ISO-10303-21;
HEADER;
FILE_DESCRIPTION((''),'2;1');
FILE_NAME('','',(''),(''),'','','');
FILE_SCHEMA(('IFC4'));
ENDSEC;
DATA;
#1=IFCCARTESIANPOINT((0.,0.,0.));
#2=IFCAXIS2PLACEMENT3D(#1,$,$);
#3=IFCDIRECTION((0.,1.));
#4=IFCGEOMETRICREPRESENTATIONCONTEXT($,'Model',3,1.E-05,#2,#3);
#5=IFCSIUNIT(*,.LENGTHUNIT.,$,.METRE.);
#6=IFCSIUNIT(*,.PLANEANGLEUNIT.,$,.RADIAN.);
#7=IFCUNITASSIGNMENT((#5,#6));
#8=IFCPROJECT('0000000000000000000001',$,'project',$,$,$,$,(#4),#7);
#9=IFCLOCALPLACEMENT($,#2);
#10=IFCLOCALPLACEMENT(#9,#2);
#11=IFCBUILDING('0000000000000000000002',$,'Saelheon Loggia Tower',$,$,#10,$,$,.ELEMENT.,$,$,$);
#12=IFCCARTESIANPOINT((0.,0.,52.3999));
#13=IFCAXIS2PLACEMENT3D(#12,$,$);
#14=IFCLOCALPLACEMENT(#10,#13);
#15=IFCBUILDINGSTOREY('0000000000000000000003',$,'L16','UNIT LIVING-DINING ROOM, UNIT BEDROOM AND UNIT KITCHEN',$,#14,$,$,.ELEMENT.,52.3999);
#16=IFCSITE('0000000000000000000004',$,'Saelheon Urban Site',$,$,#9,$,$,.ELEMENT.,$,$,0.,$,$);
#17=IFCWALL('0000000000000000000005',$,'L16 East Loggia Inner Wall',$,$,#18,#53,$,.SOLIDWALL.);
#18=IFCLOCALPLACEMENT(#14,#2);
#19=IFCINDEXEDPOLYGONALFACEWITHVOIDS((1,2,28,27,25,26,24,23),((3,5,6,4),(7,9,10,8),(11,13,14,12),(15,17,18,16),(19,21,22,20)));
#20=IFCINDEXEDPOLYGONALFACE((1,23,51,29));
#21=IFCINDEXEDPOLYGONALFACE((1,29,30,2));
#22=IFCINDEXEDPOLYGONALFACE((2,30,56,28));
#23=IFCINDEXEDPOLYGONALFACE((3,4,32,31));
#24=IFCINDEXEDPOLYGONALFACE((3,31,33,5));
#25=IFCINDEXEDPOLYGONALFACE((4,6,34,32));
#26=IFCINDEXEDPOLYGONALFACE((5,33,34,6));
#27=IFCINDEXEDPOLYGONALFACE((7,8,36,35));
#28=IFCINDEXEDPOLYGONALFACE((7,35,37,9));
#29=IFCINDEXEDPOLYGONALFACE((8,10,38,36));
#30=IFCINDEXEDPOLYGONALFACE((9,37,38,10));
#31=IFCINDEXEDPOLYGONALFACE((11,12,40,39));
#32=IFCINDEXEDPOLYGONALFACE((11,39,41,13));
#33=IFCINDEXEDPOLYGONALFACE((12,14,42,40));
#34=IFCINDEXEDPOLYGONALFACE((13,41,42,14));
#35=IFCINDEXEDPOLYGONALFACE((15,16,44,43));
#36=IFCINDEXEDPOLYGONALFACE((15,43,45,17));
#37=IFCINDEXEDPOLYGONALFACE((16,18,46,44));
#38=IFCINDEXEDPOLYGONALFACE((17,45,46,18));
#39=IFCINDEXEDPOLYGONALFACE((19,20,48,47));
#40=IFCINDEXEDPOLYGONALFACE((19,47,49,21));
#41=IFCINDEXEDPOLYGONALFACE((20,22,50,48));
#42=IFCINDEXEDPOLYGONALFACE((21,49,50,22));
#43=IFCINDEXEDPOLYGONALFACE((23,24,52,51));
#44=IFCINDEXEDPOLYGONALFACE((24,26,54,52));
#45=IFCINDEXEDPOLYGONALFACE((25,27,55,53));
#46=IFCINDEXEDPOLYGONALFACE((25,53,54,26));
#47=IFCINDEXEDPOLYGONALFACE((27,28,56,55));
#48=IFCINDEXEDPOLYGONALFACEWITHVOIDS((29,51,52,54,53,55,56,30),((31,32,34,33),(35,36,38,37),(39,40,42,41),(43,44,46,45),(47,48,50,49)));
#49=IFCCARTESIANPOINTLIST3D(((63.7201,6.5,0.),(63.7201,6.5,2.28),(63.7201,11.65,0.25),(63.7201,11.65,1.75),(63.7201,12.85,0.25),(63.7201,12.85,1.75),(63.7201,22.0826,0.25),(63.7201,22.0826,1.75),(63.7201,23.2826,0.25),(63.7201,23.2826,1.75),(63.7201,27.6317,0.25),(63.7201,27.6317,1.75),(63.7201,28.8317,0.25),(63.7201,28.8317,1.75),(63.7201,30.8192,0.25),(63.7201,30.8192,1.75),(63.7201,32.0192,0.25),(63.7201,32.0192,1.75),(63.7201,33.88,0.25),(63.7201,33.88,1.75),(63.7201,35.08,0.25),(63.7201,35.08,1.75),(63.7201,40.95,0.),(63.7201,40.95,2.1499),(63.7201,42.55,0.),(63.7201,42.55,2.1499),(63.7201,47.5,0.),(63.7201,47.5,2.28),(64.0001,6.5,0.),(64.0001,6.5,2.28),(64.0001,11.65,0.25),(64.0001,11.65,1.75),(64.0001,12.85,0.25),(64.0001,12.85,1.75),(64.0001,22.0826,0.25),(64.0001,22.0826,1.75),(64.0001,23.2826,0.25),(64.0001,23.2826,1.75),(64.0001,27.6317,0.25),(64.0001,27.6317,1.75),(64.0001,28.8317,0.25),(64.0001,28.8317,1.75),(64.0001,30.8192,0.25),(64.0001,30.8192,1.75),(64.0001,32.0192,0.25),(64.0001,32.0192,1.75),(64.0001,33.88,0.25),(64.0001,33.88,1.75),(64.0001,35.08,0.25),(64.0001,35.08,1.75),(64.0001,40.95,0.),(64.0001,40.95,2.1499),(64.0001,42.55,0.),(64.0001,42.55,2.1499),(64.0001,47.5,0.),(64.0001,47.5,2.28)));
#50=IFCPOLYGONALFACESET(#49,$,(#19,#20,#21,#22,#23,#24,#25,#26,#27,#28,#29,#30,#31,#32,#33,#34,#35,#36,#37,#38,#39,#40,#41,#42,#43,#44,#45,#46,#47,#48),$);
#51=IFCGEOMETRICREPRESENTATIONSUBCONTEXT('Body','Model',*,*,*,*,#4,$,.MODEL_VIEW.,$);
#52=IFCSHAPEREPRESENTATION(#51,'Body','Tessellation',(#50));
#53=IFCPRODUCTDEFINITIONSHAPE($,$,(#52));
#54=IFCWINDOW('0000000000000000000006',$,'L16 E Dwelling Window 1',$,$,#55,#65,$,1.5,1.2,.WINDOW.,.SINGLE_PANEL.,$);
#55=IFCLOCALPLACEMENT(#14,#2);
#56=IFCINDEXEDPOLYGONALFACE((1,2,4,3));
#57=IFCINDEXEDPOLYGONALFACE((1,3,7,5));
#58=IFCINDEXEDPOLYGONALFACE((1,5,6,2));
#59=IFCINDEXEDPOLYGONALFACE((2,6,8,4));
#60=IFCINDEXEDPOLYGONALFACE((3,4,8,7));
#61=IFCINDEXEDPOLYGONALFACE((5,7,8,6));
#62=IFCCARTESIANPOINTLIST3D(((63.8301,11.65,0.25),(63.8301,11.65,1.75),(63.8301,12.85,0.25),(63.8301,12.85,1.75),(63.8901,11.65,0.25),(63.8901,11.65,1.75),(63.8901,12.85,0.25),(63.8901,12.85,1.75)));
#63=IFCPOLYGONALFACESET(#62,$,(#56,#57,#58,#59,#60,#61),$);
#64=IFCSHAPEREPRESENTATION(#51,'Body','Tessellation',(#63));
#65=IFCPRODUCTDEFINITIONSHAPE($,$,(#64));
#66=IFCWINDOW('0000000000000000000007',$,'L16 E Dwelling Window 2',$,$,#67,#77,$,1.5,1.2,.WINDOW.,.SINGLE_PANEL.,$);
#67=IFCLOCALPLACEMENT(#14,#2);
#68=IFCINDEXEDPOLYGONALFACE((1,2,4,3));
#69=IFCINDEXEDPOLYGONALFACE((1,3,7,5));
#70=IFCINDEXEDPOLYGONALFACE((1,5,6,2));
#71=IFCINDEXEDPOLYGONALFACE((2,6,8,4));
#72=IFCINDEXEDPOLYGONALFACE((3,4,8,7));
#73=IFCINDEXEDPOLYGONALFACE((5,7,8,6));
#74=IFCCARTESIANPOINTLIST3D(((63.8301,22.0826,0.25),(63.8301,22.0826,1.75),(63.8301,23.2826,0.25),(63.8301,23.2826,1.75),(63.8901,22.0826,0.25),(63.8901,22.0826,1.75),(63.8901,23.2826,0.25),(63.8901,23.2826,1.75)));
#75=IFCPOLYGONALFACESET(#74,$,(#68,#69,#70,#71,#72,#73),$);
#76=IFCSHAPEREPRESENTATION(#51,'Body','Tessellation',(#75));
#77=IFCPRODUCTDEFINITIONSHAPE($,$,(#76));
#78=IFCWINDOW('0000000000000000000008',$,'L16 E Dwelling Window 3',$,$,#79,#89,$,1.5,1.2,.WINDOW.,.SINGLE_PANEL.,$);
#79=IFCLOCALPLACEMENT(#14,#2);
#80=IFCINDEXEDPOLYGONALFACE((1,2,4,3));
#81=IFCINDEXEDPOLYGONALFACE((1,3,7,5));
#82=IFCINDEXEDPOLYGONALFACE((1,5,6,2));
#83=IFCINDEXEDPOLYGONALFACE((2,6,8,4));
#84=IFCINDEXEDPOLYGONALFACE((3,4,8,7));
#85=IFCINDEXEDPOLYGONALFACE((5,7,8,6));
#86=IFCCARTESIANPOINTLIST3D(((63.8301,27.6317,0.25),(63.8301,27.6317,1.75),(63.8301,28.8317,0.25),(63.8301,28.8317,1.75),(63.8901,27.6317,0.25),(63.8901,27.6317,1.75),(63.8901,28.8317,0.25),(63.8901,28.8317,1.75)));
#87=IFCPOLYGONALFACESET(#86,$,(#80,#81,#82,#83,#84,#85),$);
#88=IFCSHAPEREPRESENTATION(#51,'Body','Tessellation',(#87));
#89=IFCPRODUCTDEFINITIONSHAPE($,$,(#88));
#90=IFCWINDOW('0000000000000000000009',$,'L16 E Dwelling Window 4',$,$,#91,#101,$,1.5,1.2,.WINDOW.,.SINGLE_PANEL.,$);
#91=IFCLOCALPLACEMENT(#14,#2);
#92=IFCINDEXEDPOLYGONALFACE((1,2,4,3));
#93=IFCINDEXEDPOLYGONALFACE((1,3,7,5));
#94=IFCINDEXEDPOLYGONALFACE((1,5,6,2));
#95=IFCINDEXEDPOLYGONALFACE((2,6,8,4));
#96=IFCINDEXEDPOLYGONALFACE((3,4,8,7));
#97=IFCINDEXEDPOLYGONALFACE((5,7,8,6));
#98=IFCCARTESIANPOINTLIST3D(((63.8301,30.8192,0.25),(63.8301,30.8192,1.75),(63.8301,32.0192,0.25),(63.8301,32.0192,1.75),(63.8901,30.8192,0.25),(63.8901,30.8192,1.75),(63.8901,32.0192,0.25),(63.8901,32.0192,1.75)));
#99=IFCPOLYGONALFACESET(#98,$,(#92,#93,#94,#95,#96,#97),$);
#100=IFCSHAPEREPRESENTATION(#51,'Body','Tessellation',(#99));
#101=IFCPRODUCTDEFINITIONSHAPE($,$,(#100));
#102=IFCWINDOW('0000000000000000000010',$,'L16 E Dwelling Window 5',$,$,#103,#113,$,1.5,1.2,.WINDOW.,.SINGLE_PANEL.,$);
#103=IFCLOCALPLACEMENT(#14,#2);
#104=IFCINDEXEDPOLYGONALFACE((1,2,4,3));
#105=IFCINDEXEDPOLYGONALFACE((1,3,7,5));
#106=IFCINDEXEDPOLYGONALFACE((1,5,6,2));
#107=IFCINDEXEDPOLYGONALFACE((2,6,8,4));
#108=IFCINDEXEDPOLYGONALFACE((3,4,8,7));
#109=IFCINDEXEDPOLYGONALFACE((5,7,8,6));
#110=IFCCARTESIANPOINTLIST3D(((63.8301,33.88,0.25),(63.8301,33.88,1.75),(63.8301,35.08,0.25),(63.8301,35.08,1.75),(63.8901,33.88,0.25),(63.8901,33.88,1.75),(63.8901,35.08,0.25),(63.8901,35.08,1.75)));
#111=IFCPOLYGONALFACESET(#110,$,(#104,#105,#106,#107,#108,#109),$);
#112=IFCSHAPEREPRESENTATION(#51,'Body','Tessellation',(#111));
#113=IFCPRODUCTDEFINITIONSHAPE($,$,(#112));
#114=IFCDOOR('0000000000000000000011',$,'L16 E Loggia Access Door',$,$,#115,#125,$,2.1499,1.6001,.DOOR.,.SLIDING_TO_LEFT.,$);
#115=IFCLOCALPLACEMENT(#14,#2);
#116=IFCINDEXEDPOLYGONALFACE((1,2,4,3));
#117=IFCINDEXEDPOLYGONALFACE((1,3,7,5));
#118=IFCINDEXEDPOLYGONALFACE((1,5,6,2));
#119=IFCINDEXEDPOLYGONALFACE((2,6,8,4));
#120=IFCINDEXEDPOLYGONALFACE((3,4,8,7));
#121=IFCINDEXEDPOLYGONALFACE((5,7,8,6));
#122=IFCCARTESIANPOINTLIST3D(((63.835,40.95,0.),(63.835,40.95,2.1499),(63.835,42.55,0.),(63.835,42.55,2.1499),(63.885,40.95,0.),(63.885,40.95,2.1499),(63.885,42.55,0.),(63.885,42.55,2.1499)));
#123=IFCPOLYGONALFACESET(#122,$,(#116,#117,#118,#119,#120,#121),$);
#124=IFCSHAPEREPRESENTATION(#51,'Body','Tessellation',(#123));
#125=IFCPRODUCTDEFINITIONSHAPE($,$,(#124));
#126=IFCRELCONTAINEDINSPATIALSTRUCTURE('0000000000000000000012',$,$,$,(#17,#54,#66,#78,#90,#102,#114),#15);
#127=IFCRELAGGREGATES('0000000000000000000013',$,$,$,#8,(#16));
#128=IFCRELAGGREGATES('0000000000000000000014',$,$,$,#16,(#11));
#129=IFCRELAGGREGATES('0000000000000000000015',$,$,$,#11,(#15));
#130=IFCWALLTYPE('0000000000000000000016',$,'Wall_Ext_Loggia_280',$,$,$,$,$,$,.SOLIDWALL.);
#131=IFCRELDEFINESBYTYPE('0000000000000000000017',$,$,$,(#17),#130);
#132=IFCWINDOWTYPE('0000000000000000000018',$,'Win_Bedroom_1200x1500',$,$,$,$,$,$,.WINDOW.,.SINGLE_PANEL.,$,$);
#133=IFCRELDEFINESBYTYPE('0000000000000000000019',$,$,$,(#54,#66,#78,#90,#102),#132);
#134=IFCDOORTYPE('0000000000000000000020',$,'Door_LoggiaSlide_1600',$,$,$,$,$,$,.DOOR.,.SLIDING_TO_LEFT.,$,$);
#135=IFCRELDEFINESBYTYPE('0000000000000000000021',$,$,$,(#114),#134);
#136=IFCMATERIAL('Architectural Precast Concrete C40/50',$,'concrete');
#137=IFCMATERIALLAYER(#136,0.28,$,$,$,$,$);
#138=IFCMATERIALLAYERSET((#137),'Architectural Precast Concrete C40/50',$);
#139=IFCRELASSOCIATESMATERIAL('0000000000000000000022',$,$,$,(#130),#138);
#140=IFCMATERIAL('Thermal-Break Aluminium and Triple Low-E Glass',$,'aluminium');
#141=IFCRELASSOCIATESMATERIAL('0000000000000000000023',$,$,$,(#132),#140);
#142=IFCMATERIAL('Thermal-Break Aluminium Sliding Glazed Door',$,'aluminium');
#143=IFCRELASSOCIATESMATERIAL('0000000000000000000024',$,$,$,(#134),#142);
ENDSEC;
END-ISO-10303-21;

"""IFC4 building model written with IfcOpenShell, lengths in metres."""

from ifc_helpers import new_model, si_unit, direction, frame, frame_2d, origin, place, context, subcontext, project, spatial, rectangle, extrude, source, transform, mapped, material, layer, layer_set, type_object, element, fill, save


model = new_model("IFC4")

# Units and contexts
model_context = context("Model", 3, precision=1e-05, world=origin(), true_north=direction((0.0, 1.0)))
body_context = subcontext(model_context, "Body", "Model", "MODEL_VIEW")
ifc_project = project(units=[si_unit("LENGTHUNIT", "METRE"), si_unit("PLANEANGLEUNIT", "RADIAN")], contexts=[model_context])

# Site, building, storey
site_placement = place(None, origin())
site = spatial("IfcSite", under=ifc_project, at=site_placement, Name="Saelheon Urban Site", CompositionType="ELEMENT", RefElevation=0.0)
building_placement = place(site_placement, origin())
building = spatial("IfcBuilding", under=site, at=building_placement, Name="Saelheon Loggia Tower", CompositionType="ELEMENT")
storey_placement = place(building_placement, frame((0.0, 0.0, 52.3999)))
storey = spatial("IfcBuildingStorey", under=building, at=storey_placement, Name="L16", Description="UNIT LIVING-DINING ROOM, UNIT BEDROOM AND UNIT KITCHEN", CompositionType="ELEMENT", Elevation=52.3999)

# Shared definitions
ifc_material_1 = material(Name="Thermal-Break Aluminium and Triple Low-E Glass", Category="aluminium")

# Wall, openings, windows, door
ifc_material_2 = material(Name="Architectural Precast Concrete C40/50", Category="concrete")
ifc_layer_1 = layer(ifc_material_2, 0.28)
ifc_layer_set_1 = layer_set([ifc_layer_1], Name="Architectural Precast Concrete C40/50")
wall_type = type_object("IfcWallType", Name="Wall_Ext_Loggia_280", PredefinedType="SOLIDWALL", material=ifc_layer_set_1)
wall_placement = place(storey_placement, frame((63.8601, 6.5, 0.0), z_axis=(0.0, 0.0, 1.0), x_axis=(0.0, 1.0, 0.0)))
wall = element("IfcWall", 1, at=wall_placement, inside=storey, type_object=wall_type, Name="L16 East Loggia Inner Wall", PredefinedType="SOLIDWALL", context=body_context, shape_type="SweptSolid", body=[
    extrude(rectangle(XDim=41.0, YDim=0.28, at=frame_2d((20.5, 0.0))), origin(), (0.0, 0.0, 1.0), 2.28),
])
opening_1_placement = place(wall_placement, frame((5.1499, 0.0, 0.25)))
opening_1 = element("IfcOpeningElement", 2, at=opening_1_placement, cuts=wall, PredefinedType="OPENING", context=body_context, shape_type="SweptSolid", body=[
    extrude(rectangle(XDim=1.2, YDim=1.5, at=frame_2d((0.6001, 0.75))), frame((0.0, 0.1521, 0.0), z_axis=(0.0, -1.0, 0.0), x_axis=(1.0, 0.0, 0.0)), (0.0, 0.0, 1.0), 0.304),
])
opening_2_placement = place(wall_placement, frame((15.5825, 0.0, 0.25)))
opening_2 = element("IfcOpeningElement", 3, at=opening_2_placement, cuts=wall, PredefinedType="OPENING", context=body_context, shape_type="SweptSolid", body=[
    extrude(rectangle(XDim=1.2, YDim=1.5, at=frame_2d((0.6001, 0.75))), frame((0.0, 0.1521, 0.0), z_axis=(0.0, -1.0, 0.0), x_axis=(1.0, 0.0, 0.0)), (0.0, 0.0, 1.0), 0.304),
])
opening_3_placement = place(wall_placement, frame((21.1316, 0.0, 0.25)))
opening_3 = element("IfcOpeningElement", 4, at=opening_3_placement, cuts=wall, PredefinedType="OPENING", context=body_context, shape_type="SweptSolid", body=[
    extrude(rectangle(XDim=1.2, YDim=1.5, at=frame_2d((0.6001, 0.75))), frame((0.0, 0.1521, 0.0), z_axis=(0.0, -1.0, 0.0), x_axis=(1.0, 0.0, 0.0)), (0.0, 0.0, 1.0), 0.304),
])
opening_4_placement = place(wall_placement, frame((24.3191, 0.0, 0.25)))
opening_4 = element("IfcOpeningElement", 5, at=opening_4_placement, cuts=wall, PredefinedType="OPENING", context=body_context, shape_type="SweptSolid", body=[
    extrude(rectangle(XDim=1.2, YDim=1.5, at=frame_2d((0.6001, 0.75))), frame((0.0, 0.1521, 0.0), z_axis=(0.0, -1.0, 0.0), x_axis=(1.0, 0.0, 0.0)), (0.0, 0.0, 1.0), 0.304),
])
opening_5_placement = place(wall_placement, frame((27.3799, 0.0, 0.25)))
opening_5 = element("IfcOpeningElement", 6, at=opening_5_placement, cuts=wall, PredefinedType="OPENING", context=body_context, shape_type="SweptSolid", body=[
    extrude(rectangle(XDim=1.2, YDim=1.5, at=frame_2d((0.6001, 0.75))), frame((0.0, 0.1521, 0.0), z_axis=(0.0, -1.0, 0.0), x_axis=(1.0, 0.0, 0.0)), (0.0, 0.0, 1.0), 0.304),
])
opening_6_placement = place(wall_placement, frame((36.05, 0.0, 0.0), z_axis=(0.0, 0.0, 1.0), x_axis=(-1.0, 0.0, 0.0)))
opening_6 = element("IfcOpeningElement", 7, at=opening_6_placement, cuts=wall, PredefinedType="OPENING", context=body_context, shape_type="SweptSolid", body=[
    extrude(rectangle(XDim=1.6001, YDim=2.1499, at=frame_2d((0.8, 1.075))), frame((0.0, 0.1521, 0.0), z_axis=(0.0, -1.0, 0.0), x_axis=(1.0, 0.0, 0.0)), (0.0, 0.0, 1.0), 0.304),
])
window_type = type_object("IfcWindowType", Name="Win_Bedroom_1200x1500", PartitioningType="SINGLE_PANEL", PredefinedType="WINDOW", material=ifc_material_1)
shared_shape_1 = source(origin(), body_context, "Body", "SweptSolid", [
    extrude(rectangle(XDim=1.2, YDim=1.5, at=frame_2d((0.6001, 0.75))), frame((0.0, 0.03, 0.0), z_axis=(0.0, -1.0, 0.0), x_axis=(1.0, 0.0, 0.0)), (0.0, 0.0, 1.0), 0.0601),
])
window_1_placement = place(opening_1_placement, origin())
window_1 = element("IfcWindow", 8, at=window_1_placement, inside=storey, type_object=window_type, Name="L16 E Dwelling Window 1", OverallHeight=1.5, OverallWidth=1.2, PartitioningType="SINGLE_PANEL", PredefinedType="WINDOW", context=body_context, shape_type="MappedRepresentation", body=[
    mapped(shared_shape_1, transform((0.0, 0.0, 0.0), scale=1.0)),
])
fill(opening_1, window_1)
window_2_placement = place(opening_2_placement, origin())
window_2 = element("IfcWindow", 9, at=window_2_placement, inside=storey, type_object=window_type, Name="L16 E Dwelling Window 2", OverallHeight=1.5, OverallWidth=1.2, PartitioningType="SINGLE_PANEL", PredefinedType="WINDOW", context=body_context, shape_type="MappedRepresentation", body=[
    mapped(shared_shape_1, transform((0.0, 0.0, 0.0), scale=1.0)),
])
fill(opening_2, window_2)
window_3_placement = place(opening_3_placement, origin())
window_3 = element("IfcWindow", 10, at=window_3_placement, inside=storey, type_object=window_type, Name="L16 E Dwelling Window 3", OverallHeight=1.5, OverallWidth=1.2, PartitioningType="SINGLE_PANEL", PredefinedType="WINDOW", context=body_context, shape_type="MappedRepresentation", body=[
    mapped(shared_shape_1, transform((0.0, 0.0, 0.0), scale=1.0)),
])
fill(opening_3, window_3)
window_4_placement = place(opening_4_placement, origin())
window_4 = element("IfcWindow", 11, at=window_4_placement, inside=storey, type_object=window_type, Name="L16 E Dwelling Window 4", OverallHeight=1.5, OverallWidth=1.2, PartitioningType="SINGLE_PANEL", PredefinedType="WINDOW", context=body_context, shape_type="MappedRepresentation", body=[
    mapped(shared_shape_1, transform((0.0, 0.0, 0.0), scale=1.0)),
])
fill(opening_4, window_4)
window_5_placement = place(opening_5_placement, origin())
window_5 = element("IfcWindow", 12, at=window_5_placement, inside=storey, type_object=window_type, Name="L16 E Dwelling Window 5", OverallHeight=1.5, OverallWidth=1.2, PartitioningType="SINGLE_PANEL", PredefinedType="WINDOW", context=body_context, shape_type="MappedRepresentation", body=[
    mapped(shared_shape_1, transform((0.0, 0.0, 0.0), scale=1.0)),
])
fill(opening_5, window_5)
ifc_material_3 = material(Name="Thermal-Break Aluminium Sliding Glazed Door", Category="aluminium")
door_type = type_object("IfcDoorType", Name="Door_LoggiaSlide_1600", OperationType="SLIDING_TO_LEFT", PredefinedType="DOOR", material=ifc_material_3)
shared_shape_2 = source(origin(), body_context, "Body", "SweptSolid", [
    extrude(rectangle(XDim=1.6001, YDim=2.1499, at=frame_2d((0.8, 1.075))), frame((0.0, 0.0249, 0.0), z_axis=(0.0, -1.0, 0.0), x_axis=(1.0, 0.0, 0.0)), (0.0, 0.0, 1.0), 0.05),
])
door_placement = place(opening_6_placement, origin())
door = element("IfcDoor", 13, at=door_placement, inside=storey, type_object=door_type, Name="L16 E Loggia Access Door", OperationType="SLIDING_TO_LEFT", OverallHeight=2.1499, OverallWidth=1.6001, PredefinedType="DOOR", context=body_context, shape_type="MappedRepresentation", body=[
    mapped(shared_shape_2, transform((0.0, 0.0, 0.0), scale=1.0)),
])
fill(opening_6, door)

save(model, "model.ifc")
